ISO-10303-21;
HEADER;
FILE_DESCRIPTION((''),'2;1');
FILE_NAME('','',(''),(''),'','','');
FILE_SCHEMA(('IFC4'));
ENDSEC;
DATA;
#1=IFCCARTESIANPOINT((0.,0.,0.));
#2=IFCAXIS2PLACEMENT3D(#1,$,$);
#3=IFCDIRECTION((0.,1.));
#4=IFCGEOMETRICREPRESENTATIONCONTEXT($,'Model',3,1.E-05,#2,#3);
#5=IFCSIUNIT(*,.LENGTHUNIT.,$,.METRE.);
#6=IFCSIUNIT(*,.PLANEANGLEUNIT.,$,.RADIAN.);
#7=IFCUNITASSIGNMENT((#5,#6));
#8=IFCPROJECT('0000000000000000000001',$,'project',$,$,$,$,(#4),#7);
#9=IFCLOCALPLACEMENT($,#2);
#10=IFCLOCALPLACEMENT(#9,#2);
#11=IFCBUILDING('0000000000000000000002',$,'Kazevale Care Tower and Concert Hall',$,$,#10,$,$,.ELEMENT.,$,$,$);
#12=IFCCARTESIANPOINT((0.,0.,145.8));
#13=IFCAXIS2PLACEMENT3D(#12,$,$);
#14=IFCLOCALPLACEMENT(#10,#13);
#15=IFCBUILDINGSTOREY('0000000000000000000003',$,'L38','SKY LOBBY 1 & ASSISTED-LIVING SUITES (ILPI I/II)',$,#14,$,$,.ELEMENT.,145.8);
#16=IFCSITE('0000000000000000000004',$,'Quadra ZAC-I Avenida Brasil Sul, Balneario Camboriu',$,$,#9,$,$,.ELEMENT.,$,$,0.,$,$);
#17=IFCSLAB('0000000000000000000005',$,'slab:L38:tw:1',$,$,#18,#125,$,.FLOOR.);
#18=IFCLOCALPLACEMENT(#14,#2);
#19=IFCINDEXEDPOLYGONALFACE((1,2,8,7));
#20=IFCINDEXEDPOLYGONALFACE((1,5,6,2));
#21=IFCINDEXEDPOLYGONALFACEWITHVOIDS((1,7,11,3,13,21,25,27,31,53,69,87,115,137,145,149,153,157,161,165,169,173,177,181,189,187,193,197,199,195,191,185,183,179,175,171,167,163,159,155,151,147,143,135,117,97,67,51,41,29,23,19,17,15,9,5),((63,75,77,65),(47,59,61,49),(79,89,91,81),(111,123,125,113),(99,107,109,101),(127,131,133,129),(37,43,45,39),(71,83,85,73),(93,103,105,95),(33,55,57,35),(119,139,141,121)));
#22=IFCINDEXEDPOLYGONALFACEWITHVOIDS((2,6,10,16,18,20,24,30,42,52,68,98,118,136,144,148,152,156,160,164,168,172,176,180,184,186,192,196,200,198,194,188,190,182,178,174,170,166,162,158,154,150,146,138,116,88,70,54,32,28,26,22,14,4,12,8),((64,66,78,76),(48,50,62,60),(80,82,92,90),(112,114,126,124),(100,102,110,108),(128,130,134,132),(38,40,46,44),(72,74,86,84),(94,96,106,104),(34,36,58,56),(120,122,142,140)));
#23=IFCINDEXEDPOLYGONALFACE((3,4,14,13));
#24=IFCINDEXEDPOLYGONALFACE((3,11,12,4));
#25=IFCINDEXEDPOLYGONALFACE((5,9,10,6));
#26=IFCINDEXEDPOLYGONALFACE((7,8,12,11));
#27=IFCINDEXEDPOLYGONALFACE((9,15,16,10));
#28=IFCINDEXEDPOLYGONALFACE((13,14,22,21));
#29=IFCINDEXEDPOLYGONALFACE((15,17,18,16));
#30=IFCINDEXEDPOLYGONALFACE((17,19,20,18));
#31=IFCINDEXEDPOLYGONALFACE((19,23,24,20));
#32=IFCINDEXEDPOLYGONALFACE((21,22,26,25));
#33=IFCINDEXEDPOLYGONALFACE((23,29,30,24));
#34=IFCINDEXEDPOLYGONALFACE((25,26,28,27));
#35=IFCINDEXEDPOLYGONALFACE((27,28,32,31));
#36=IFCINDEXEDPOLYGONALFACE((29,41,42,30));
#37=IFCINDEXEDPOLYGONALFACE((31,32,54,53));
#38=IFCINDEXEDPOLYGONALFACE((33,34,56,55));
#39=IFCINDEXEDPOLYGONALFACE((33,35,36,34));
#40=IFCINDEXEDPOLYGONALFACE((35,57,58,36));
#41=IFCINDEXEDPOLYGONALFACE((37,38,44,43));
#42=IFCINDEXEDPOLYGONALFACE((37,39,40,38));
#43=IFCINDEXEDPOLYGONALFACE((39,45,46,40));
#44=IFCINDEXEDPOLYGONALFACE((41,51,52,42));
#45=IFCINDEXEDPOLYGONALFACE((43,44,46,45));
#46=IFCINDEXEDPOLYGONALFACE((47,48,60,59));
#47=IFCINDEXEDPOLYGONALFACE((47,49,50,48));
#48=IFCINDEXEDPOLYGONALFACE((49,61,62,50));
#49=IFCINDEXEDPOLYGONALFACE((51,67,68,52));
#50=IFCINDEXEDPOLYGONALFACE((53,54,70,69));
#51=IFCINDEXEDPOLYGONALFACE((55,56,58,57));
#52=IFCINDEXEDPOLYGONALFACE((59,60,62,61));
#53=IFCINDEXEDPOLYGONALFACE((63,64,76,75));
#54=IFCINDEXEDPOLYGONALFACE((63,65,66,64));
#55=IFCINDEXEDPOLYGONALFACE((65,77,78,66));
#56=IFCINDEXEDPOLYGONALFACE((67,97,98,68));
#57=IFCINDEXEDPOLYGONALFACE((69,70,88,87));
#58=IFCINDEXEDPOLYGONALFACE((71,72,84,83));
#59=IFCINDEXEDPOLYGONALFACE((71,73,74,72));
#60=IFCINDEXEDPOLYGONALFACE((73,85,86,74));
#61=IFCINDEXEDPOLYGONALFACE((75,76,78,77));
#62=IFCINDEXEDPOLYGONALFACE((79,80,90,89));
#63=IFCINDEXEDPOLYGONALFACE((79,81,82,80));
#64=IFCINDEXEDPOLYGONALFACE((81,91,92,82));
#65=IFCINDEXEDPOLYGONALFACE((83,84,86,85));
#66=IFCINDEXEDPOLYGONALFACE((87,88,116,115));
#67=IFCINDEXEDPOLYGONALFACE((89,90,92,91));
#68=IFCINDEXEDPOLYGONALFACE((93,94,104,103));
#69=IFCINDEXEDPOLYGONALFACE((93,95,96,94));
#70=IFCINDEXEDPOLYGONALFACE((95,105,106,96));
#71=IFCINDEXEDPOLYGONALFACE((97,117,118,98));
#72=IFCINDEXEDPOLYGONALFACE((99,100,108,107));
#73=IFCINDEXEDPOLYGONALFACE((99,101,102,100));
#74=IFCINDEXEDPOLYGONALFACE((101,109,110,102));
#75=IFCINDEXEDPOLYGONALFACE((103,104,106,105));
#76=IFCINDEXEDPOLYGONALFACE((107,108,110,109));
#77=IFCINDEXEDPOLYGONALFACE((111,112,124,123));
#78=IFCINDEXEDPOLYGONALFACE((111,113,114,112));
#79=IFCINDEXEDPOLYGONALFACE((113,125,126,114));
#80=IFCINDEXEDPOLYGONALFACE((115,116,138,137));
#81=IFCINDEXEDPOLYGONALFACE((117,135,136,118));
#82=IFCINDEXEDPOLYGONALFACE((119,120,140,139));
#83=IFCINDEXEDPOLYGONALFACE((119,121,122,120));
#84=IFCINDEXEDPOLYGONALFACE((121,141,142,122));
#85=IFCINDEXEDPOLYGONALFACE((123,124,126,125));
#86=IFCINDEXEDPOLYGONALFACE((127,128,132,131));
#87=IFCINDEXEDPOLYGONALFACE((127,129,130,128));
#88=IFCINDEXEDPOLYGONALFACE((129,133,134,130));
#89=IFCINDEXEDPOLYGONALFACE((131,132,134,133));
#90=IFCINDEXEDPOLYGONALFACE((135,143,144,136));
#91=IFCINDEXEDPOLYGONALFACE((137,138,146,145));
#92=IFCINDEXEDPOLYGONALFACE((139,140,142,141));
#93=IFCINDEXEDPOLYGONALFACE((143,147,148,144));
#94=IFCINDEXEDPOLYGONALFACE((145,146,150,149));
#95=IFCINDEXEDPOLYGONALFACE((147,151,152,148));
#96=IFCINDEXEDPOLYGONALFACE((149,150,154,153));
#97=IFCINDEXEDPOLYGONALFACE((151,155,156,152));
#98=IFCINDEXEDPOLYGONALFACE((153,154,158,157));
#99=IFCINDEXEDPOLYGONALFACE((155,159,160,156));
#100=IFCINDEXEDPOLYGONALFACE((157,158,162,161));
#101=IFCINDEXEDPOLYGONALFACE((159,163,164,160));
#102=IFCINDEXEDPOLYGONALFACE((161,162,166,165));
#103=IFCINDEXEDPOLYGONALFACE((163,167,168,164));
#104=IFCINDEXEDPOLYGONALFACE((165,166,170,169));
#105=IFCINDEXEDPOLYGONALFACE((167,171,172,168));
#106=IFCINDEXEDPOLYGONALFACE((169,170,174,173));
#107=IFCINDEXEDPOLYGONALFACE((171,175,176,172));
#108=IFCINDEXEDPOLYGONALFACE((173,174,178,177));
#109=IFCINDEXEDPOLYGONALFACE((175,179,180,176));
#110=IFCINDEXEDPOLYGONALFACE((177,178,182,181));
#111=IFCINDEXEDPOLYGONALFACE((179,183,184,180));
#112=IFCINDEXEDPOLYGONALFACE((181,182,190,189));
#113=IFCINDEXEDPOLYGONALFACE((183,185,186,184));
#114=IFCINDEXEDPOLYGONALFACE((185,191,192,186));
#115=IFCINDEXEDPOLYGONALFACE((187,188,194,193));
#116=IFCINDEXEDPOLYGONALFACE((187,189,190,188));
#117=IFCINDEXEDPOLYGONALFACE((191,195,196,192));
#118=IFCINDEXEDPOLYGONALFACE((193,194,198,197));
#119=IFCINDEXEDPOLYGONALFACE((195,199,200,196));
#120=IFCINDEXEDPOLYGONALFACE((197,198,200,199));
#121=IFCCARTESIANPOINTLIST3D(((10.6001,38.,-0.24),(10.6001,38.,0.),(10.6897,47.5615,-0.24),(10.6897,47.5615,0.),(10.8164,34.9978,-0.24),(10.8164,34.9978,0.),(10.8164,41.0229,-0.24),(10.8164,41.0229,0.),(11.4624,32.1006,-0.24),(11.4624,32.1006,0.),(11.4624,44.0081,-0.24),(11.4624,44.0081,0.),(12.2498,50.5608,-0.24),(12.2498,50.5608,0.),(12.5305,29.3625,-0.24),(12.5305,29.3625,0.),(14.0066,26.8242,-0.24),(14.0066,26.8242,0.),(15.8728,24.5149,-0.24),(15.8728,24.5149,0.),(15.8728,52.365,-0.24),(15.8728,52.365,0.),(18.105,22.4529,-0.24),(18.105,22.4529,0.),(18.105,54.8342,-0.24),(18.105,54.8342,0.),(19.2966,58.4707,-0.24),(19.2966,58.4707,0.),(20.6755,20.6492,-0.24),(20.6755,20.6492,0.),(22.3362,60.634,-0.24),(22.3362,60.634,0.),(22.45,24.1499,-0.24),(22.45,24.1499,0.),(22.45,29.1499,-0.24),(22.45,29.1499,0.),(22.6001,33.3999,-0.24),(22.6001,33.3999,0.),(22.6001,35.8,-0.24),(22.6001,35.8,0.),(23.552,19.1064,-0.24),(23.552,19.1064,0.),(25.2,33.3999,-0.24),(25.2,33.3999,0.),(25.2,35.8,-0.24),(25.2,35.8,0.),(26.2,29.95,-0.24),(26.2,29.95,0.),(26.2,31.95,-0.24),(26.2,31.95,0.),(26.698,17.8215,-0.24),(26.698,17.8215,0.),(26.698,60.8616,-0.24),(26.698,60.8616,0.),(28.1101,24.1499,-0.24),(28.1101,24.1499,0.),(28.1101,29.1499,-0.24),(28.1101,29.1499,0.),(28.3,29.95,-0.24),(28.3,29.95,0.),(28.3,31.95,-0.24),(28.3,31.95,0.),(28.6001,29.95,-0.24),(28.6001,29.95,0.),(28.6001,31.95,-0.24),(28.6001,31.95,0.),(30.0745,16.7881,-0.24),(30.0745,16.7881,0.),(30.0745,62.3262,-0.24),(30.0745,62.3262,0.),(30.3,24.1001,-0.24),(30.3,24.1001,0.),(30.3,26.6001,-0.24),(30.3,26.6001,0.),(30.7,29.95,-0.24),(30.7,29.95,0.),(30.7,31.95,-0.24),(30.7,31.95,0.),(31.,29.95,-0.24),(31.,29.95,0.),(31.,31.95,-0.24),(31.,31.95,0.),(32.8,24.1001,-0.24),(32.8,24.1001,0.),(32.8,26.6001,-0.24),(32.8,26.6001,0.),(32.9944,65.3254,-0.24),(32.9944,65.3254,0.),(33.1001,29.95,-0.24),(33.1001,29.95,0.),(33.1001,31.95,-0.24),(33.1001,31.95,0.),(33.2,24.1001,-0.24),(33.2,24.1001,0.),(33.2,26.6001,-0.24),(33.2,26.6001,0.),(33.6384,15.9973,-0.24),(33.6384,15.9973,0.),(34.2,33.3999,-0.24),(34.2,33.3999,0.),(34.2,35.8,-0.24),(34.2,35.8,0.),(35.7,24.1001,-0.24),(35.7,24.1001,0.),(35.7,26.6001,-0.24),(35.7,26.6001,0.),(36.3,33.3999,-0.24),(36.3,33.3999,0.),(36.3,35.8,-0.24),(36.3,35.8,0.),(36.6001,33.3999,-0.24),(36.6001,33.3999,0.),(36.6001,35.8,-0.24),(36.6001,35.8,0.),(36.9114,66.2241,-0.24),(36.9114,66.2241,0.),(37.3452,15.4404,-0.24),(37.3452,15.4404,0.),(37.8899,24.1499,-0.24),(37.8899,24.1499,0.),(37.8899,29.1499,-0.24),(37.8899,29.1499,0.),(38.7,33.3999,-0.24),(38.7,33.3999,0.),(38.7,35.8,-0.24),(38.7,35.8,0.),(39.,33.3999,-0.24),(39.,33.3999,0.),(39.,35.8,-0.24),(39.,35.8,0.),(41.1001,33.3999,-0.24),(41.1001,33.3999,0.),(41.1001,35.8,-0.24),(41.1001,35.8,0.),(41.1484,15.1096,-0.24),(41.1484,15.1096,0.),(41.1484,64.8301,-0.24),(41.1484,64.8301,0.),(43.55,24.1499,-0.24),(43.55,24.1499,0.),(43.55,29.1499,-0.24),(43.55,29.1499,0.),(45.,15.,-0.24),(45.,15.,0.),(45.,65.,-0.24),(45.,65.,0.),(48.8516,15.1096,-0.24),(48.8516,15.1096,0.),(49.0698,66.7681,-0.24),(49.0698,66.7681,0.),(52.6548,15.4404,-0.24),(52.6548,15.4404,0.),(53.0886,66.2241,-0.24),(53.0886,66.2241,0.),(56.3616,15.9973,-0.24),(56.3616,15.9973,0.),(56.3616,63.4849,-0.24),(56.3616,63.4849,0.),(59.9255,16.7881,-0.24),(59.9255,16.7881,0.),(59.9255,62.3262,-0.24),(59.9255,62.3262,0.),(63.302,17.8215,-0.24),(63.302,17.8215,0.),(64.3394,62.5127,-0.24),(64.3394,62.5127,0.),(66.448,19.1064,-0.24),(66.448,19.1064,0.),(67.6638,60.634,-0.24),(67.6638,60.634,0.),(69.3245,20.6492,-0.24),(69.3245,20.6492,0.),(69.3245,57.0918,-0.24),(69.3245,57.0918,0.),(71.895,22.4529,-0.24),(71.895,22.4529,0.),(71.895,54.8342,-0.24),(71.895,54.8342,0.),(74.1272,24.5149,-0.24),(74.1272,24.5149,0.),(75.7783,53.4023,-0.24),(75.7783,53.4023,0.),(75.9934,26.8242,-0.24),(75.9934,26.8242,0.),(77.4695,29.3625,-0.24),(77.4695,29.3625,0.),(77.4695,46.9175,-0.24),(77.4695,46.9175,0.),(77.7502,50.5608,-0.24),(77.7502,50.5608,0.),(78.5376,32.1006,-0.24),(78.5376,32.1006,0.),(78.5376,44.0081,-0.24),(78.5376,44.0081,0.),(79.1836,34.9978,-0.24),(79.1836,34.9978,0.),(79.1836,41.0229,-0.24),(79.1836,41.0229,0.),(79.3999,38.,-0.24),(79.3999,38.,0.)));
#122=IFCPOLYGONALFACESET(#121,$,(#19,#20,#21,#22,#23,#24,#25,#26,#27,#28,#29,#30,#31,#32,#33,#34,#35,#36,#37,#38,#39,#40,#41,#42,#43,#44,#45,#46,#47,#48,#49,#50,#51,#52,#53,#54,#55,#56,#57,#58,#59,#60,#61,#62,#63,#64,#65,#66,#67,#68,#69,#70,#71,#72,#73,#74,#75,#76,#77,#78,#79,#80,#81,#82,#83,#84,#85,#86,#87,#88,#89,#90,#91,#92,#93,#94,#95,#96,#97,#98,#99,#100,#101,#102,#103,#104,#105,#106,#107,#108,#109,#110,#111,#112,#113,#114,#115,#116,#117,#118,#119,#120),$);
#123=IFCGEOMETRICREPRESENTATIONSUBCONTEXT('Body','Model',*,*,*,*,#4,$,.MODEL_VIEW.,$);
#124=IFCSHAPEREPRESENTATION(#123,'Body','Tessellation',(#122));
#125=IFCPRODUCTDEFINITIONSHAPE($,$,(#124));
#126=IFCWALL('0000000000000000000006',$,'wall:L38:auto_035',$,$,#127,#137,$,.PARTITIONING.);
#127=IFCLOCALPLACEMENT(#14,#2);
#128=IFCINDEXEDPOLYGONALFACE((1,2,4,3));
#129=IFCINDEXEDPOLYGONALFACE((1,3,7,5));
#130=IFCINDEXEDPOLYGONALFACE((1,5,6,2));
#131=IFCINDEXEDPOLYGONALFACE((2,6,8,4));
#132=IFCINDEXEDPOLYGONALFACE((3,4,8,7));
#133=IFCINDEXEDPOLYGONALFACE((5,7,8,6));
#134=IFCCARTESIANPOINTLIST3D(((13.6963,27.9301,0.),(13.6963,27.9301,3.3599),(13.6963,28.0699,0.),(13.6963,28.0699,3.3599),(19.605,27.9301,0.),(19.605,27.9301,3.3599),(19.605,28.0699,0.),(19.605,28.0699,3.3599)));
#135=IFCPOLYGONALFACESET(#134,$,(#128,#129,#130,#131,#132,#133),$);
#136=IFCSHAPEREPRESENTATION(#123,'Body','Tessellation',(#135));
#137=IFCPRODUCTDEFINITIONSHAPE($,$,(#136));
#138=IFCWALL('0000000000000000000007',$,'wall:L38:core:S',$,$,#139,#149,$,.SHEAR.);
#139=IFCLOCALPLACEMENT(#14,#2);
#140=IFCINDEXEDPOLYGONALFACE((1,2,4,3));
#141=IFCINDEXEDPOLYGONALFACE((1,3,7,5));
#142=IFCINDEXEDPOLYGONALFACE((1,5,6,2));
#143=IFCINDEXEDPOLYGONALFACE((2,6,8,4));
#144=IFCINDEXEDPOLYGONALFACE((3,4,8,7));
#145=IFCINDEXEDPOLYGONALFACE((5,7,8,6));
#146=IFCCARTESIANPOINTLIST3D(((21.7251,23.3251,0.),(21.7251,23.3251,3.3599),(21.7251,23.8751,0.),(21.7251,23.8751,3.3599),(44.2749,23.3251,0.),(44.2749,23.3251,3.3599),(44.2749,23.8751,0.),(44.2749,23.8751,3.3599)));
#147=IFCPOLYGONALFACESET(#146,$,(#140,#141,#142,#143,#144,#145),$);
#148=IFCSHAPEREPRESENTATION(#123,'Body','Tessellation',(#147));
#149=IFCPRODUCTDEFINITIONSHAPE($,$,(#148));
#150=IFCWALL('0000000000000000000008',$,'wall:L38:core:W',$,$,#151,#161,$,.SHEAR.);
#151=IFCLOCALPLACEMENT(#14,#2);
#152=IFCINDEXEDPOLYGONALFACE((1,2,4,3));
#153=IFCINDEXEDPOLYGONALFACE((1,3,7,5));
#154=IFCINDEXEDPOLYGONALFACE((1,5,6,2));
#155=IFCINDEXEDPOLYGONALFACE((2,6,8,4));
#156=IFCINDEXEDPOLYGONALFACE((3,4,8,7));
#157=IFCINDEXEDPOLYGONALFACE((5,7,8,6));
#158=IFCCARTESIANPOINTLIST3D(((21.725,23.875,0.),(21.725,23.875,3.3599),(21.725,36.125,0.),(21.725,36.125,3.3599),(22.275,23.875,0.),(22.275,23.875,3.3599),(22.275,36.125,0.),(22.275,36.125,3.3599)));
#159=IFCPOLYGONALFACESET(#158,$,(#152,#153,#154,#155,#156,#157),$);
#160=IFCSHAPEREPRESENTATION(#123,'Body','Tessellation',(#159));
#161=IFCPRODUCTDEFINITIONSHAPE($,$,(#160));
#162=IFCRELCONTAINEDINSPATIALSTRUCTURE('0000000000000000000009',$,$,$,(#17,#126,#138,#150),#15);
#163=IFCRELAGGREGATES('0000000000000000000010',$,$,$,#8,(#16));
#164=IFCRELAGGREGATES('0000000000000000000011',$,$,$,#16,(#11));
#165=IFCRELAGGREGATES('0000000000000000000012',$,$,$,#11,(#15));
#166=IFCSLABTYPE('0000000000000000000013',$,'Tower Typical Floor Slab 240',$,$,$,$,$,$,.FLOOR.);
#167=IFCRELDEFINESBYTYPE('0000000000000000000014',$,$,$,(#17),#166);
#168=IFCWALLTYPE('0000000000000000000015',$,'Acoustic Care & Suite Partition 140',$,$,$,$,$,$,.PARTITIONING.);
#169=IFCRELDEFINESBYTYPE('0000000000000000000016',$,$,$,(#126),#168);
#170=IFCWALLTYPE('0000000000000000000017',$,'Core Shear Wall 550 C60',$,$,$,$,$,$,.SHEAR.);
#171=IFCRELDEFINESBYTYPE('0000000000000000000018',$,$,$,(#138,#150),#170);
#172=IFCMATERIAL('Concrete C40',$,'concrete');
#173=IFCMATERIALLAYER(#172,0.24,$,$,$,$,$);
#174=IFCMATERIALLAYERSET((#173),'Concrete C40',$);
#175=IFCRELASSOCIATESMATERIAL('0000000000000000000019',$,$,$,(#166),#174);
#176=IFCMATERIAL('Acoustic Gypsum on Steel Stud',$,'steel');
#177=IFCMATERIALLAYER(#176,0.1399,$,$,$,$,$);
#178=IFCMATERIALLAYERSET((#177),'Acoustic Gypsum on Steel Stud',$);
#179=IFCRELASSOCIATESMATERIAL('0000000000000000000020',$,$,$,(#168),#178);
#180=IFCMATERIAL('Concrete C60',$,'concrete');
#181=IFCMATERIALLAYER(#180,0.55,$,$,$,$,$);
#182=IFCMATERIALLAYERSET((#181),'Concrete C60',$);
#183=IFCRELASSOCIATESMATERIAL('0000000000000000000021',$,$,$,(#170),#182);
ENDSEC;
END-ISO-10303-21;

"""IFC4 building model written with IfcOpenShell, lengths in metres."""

from ifc_helpers import new_model, si_unit, direction, frame, frame_2d, origin, place, context, subcontext, project, spatial, polyline, rectangle, outline, extrude, material, layer, layer_set, type_object, element, save


model = new_model("IFC4")

# Units and contexts
model_context = context("Model", 3, precision=1e-05, world=origin(), true_north=direction((0.0, 1.0)))
body_context = subcontext(model_context, "Body", "Model", "MODEL_VIEW")
ifc_project = project(units=[si_unit("LENGTHUNIT", "METRE"), si_unit("PLANEANGLEUNIT", "RADIAN")], contexts=[model_context])

# Site, building, storey
site_placement = place(None, origin())
site = spatial("IfcSite", under=ifc_project, at=site_placement, Name="Quadra ZAC-I Avenida Brasil Sul, Balneario Camboriu", CompositionType="ELEMENT", RefElevation=0.0)
building_placement = place(site_placement, origin())
building = spatial("IfcBuilding", under=site, at=building_placement, Name="Kazevale Care Tower and Concert Hall", CompositionType="ELEMENT")
storey_placement = place(building_placement, frame((0.0, 0.0, 145.8)))
storey = spatial("IfcBuildingStorey", under=building, at=storey_placement, Name="L38", Description="SKY LOBBY 1 & ASSISTED-LIVING SUITES (ILPI I/II)", CompositionType="ELEMENT", Elevation=145.8)

# Shared definitions
ifc_material_1 = material(Name="Concrete C60", Category="concrete")

# Shared definitions
ifc_material_2 = material(Name="Concrete C40", Category="concrete")

# Slab
ifc_layer_1 = layer(ifc_material_2, 0.24)
ifc_layer_set_1 = layer_set([ifc_layer_1], Name="Concrete C40")
slab_type_1 = type_object("IfcSlabType", Name="Tower Typical Floor Slab 240", PredefinedType="FLOOR", material=ifc_layer_set_1)
slab_1_placement = place(storey_placement, frame((0.0, 0.0, -0.24)))
element("IfcSlab", 1, at=slab_1_placement, inside=storey, type_object=slab_type_1, Name="slab:L38:tw:1", PredefinedType="FLOOR", context=body_context, shape_type="SweptSolid", body=[
    extrude(outline(polyline([(79.3999, 38.0), (79.1836, 41.0229), (78.5376, 44.0081), (77.4695, 46.9175), (77.7502, 50.5608), (75.7783, 53.4023), (71.895, 54.8342), (69.3245, 57.0918), (67.6638, 60.634), (64.3394, 62.5127), (59.9255, 62.3262), (56.3616, 63.4849), (53.0886, 66.2241), (49.0698, 66.7681), (45.0, 65.0), (41.1484, 64.8301), (36.9114, 66.2241), (32.9944, 65.3254), (30.0745, 62.3262), (26.698, 60.8616), (22.3362, 60.634), (19.2966, 58.4707), (18.105, 54.8342), (15.8728, 52.365), (12.2498, 50.5608), (10.6897, 47.5615), (11.4624, 44.0081), (10.8164, 41.0229), (10.6001, 38.0), (10.8164, 34.9978), (11.4624, 32.1006), (12.5305, 29.3625), (14.0066, 26.8242), (15.8728, 24.5149), (18.105, 22.4529), (20.6755, 20.6492), (23.552, 19.1064), (26.698, 17.8215), (30.0745, 16.7881), (33.6384, 15.9973), (37.3452, 15.4404), (41.1484, 15.1096), (45.0, 15.0), (48.8516, 15.1096), (52.6548, 15.4404), (56.3616, 15.9973), (59.9255, 16.7881), (63.302, 17.8215), (66.448, 19.1064), (69.3245, 20.6492), (71.895, 22.4529), (74.1272, 24.5149), (75.9934, 26.8242), (77.4695, 29.3625), (78.5376, 32.1006), (79.1836, 34.9978), (79.3999, 38.0)]), holes=[polyline([(22.45, 24.1499), (28.1101, 24.1499), (28.1101, 29.1499), (22.45, 29.1499), (22.45, 24.1499)]), polyline([(37.8899, 24.1499), (43.55, 24.1499), (43.55, 29.1499), (37.8899, 29.1499), (37.8899, 24.1499)]), polyline([(30.3, 24.1001), (32.8, 24.1001), (32.8, 26.6001), (30.3, 26.6001), (30.3, 24.1001)]), polyline([(33.2, 24.1001), (35.7, 24.1001), (35.7, 26.6001), (33.2, 26.6001), (33.2, 24.1001)]), polyline([(22.6001, 33.3999), (25.2, 33.3999), (25.2, 35.8), (22.6001, 35.8), (22.6001, 33.3999)]), polyline([(34.2, 33.3999), (36.3, 33.3999), (36.3, 35.8), (34.2, 35.8), (34.2, 33.3999)]), polyline([(36.6001, 33.3999), (38.7, 33.3999), (38.7, 35.8), (36.6001, 35.8), (36.6001, 33.3999)]), polyline([(39.0, 33.3999), (41.1001, 33.3999), (41.1001, 35.8), (39.0, 35.8), (39.0, 33.3999)]), polyline([(26.2, 29.95), (28.3, 29.95), (28.3, 31.95), (26.2, 31.95), (26.2, 29.95)]), polyline([(28.6001, 29.95), (30.7, 29.95), (30.7, 31.95), (28.6001, 31.95), (28.6001, 29.95)]), polyline([(31.0, 29.95), (33.1001, 29.95), (33.1001, 31.95), (31.0, 31.95), (31.0, 29.95)])]), origin(), (0.0, 0.0, 1.0), 0.24),
])

# Walls
ifc_material_3 = material(Name="Acoustic Gypsum on Steel Stud", Category="steel")
ifc_layer_2 = layer(ifc_material_3, 0.1399)
ifc_layer_set_2 = layer_set([ifc_layer_2], Name="Acoustic Gypsum on Steel Stud")
wall_type_1 = type_object("IfcWallType", Name="Acoustic Care & Suite Partition 140", PredefinedType="PARTITIONING", material=ifc_layer_set_2)
wall_1_placement = place(storey_placement, frame((13.6963, 28.0, 0.0), z_axis=(0.0, 0.0, 1.0), x_axis=(1.0, 0.0, 0.0)))
element("IfcWall", 2, at=wall_1_placement, inside=storey, type_object=wall_type_1, Name="wall:L38:auto_035", PredefinedType="PARTITIONING", context=body_context, shape_type="SweptSolid", body=[
    extrude(rectangle(XDim=5.9087, YDim=0.1399, at=frame_2d((2.9543, 0.0))), origin(), (0.0, 0.0, 1.0), 3.3599),
])
ifc_layer_3 = layer(ifc_material_1, 0.55)
ifc_layer_set_3 = layer_set([ifc_layer_3], Name="Concrete C60")
wall_type_2 = type_object("IfcWallType", Name="Core Shear Wall 550 C60", PredefinedType="SHEAR", material=ifc_layer_set_3)
wall_2_placement = place(storey_placement, frame((21.7251, 23.6001, 0.0), z_axis=(0.0, 0.0, 1.0), x_axis=(1.0, 0.0, 0.0)))
element("IfcWall", 3, at=wall_2_placement, inside=storey, type_object=wall_type_2, Name="wall:L38:core:S", PredefinedType="SHEAR", context=body_context, shape_type="SweptSolid", body=[
    extrude(rectangle(XDim=22.5498, YDim=0.55, at=frame_2d((11.2749, 0.0))), origin(), (0.0, 0.0, 1.0), 3.3599),
])
wall_3_placement = place(storey_placement, frame((22.0, 23.875, 0.0), z_axis=(0.0, 0.0, 1.0), x_axis=(0.0, 1.0, 0.0)))
element("IfcWall", 4, at=wall_3_placement, inside=storey, type_object=wall_type_2, Name="wall:L38:core:W", PredefinedType="SHEAR", context=body_context, shape_type="SweptSolid", body=[
    extrude(rectangle(XDim=12.25, YDim=0.55, at=frame_2d((6.125, 0.0))), origin(), (0.0, 0.0, 1.0), 3.3599),
])

save(model, "model.ifc")
